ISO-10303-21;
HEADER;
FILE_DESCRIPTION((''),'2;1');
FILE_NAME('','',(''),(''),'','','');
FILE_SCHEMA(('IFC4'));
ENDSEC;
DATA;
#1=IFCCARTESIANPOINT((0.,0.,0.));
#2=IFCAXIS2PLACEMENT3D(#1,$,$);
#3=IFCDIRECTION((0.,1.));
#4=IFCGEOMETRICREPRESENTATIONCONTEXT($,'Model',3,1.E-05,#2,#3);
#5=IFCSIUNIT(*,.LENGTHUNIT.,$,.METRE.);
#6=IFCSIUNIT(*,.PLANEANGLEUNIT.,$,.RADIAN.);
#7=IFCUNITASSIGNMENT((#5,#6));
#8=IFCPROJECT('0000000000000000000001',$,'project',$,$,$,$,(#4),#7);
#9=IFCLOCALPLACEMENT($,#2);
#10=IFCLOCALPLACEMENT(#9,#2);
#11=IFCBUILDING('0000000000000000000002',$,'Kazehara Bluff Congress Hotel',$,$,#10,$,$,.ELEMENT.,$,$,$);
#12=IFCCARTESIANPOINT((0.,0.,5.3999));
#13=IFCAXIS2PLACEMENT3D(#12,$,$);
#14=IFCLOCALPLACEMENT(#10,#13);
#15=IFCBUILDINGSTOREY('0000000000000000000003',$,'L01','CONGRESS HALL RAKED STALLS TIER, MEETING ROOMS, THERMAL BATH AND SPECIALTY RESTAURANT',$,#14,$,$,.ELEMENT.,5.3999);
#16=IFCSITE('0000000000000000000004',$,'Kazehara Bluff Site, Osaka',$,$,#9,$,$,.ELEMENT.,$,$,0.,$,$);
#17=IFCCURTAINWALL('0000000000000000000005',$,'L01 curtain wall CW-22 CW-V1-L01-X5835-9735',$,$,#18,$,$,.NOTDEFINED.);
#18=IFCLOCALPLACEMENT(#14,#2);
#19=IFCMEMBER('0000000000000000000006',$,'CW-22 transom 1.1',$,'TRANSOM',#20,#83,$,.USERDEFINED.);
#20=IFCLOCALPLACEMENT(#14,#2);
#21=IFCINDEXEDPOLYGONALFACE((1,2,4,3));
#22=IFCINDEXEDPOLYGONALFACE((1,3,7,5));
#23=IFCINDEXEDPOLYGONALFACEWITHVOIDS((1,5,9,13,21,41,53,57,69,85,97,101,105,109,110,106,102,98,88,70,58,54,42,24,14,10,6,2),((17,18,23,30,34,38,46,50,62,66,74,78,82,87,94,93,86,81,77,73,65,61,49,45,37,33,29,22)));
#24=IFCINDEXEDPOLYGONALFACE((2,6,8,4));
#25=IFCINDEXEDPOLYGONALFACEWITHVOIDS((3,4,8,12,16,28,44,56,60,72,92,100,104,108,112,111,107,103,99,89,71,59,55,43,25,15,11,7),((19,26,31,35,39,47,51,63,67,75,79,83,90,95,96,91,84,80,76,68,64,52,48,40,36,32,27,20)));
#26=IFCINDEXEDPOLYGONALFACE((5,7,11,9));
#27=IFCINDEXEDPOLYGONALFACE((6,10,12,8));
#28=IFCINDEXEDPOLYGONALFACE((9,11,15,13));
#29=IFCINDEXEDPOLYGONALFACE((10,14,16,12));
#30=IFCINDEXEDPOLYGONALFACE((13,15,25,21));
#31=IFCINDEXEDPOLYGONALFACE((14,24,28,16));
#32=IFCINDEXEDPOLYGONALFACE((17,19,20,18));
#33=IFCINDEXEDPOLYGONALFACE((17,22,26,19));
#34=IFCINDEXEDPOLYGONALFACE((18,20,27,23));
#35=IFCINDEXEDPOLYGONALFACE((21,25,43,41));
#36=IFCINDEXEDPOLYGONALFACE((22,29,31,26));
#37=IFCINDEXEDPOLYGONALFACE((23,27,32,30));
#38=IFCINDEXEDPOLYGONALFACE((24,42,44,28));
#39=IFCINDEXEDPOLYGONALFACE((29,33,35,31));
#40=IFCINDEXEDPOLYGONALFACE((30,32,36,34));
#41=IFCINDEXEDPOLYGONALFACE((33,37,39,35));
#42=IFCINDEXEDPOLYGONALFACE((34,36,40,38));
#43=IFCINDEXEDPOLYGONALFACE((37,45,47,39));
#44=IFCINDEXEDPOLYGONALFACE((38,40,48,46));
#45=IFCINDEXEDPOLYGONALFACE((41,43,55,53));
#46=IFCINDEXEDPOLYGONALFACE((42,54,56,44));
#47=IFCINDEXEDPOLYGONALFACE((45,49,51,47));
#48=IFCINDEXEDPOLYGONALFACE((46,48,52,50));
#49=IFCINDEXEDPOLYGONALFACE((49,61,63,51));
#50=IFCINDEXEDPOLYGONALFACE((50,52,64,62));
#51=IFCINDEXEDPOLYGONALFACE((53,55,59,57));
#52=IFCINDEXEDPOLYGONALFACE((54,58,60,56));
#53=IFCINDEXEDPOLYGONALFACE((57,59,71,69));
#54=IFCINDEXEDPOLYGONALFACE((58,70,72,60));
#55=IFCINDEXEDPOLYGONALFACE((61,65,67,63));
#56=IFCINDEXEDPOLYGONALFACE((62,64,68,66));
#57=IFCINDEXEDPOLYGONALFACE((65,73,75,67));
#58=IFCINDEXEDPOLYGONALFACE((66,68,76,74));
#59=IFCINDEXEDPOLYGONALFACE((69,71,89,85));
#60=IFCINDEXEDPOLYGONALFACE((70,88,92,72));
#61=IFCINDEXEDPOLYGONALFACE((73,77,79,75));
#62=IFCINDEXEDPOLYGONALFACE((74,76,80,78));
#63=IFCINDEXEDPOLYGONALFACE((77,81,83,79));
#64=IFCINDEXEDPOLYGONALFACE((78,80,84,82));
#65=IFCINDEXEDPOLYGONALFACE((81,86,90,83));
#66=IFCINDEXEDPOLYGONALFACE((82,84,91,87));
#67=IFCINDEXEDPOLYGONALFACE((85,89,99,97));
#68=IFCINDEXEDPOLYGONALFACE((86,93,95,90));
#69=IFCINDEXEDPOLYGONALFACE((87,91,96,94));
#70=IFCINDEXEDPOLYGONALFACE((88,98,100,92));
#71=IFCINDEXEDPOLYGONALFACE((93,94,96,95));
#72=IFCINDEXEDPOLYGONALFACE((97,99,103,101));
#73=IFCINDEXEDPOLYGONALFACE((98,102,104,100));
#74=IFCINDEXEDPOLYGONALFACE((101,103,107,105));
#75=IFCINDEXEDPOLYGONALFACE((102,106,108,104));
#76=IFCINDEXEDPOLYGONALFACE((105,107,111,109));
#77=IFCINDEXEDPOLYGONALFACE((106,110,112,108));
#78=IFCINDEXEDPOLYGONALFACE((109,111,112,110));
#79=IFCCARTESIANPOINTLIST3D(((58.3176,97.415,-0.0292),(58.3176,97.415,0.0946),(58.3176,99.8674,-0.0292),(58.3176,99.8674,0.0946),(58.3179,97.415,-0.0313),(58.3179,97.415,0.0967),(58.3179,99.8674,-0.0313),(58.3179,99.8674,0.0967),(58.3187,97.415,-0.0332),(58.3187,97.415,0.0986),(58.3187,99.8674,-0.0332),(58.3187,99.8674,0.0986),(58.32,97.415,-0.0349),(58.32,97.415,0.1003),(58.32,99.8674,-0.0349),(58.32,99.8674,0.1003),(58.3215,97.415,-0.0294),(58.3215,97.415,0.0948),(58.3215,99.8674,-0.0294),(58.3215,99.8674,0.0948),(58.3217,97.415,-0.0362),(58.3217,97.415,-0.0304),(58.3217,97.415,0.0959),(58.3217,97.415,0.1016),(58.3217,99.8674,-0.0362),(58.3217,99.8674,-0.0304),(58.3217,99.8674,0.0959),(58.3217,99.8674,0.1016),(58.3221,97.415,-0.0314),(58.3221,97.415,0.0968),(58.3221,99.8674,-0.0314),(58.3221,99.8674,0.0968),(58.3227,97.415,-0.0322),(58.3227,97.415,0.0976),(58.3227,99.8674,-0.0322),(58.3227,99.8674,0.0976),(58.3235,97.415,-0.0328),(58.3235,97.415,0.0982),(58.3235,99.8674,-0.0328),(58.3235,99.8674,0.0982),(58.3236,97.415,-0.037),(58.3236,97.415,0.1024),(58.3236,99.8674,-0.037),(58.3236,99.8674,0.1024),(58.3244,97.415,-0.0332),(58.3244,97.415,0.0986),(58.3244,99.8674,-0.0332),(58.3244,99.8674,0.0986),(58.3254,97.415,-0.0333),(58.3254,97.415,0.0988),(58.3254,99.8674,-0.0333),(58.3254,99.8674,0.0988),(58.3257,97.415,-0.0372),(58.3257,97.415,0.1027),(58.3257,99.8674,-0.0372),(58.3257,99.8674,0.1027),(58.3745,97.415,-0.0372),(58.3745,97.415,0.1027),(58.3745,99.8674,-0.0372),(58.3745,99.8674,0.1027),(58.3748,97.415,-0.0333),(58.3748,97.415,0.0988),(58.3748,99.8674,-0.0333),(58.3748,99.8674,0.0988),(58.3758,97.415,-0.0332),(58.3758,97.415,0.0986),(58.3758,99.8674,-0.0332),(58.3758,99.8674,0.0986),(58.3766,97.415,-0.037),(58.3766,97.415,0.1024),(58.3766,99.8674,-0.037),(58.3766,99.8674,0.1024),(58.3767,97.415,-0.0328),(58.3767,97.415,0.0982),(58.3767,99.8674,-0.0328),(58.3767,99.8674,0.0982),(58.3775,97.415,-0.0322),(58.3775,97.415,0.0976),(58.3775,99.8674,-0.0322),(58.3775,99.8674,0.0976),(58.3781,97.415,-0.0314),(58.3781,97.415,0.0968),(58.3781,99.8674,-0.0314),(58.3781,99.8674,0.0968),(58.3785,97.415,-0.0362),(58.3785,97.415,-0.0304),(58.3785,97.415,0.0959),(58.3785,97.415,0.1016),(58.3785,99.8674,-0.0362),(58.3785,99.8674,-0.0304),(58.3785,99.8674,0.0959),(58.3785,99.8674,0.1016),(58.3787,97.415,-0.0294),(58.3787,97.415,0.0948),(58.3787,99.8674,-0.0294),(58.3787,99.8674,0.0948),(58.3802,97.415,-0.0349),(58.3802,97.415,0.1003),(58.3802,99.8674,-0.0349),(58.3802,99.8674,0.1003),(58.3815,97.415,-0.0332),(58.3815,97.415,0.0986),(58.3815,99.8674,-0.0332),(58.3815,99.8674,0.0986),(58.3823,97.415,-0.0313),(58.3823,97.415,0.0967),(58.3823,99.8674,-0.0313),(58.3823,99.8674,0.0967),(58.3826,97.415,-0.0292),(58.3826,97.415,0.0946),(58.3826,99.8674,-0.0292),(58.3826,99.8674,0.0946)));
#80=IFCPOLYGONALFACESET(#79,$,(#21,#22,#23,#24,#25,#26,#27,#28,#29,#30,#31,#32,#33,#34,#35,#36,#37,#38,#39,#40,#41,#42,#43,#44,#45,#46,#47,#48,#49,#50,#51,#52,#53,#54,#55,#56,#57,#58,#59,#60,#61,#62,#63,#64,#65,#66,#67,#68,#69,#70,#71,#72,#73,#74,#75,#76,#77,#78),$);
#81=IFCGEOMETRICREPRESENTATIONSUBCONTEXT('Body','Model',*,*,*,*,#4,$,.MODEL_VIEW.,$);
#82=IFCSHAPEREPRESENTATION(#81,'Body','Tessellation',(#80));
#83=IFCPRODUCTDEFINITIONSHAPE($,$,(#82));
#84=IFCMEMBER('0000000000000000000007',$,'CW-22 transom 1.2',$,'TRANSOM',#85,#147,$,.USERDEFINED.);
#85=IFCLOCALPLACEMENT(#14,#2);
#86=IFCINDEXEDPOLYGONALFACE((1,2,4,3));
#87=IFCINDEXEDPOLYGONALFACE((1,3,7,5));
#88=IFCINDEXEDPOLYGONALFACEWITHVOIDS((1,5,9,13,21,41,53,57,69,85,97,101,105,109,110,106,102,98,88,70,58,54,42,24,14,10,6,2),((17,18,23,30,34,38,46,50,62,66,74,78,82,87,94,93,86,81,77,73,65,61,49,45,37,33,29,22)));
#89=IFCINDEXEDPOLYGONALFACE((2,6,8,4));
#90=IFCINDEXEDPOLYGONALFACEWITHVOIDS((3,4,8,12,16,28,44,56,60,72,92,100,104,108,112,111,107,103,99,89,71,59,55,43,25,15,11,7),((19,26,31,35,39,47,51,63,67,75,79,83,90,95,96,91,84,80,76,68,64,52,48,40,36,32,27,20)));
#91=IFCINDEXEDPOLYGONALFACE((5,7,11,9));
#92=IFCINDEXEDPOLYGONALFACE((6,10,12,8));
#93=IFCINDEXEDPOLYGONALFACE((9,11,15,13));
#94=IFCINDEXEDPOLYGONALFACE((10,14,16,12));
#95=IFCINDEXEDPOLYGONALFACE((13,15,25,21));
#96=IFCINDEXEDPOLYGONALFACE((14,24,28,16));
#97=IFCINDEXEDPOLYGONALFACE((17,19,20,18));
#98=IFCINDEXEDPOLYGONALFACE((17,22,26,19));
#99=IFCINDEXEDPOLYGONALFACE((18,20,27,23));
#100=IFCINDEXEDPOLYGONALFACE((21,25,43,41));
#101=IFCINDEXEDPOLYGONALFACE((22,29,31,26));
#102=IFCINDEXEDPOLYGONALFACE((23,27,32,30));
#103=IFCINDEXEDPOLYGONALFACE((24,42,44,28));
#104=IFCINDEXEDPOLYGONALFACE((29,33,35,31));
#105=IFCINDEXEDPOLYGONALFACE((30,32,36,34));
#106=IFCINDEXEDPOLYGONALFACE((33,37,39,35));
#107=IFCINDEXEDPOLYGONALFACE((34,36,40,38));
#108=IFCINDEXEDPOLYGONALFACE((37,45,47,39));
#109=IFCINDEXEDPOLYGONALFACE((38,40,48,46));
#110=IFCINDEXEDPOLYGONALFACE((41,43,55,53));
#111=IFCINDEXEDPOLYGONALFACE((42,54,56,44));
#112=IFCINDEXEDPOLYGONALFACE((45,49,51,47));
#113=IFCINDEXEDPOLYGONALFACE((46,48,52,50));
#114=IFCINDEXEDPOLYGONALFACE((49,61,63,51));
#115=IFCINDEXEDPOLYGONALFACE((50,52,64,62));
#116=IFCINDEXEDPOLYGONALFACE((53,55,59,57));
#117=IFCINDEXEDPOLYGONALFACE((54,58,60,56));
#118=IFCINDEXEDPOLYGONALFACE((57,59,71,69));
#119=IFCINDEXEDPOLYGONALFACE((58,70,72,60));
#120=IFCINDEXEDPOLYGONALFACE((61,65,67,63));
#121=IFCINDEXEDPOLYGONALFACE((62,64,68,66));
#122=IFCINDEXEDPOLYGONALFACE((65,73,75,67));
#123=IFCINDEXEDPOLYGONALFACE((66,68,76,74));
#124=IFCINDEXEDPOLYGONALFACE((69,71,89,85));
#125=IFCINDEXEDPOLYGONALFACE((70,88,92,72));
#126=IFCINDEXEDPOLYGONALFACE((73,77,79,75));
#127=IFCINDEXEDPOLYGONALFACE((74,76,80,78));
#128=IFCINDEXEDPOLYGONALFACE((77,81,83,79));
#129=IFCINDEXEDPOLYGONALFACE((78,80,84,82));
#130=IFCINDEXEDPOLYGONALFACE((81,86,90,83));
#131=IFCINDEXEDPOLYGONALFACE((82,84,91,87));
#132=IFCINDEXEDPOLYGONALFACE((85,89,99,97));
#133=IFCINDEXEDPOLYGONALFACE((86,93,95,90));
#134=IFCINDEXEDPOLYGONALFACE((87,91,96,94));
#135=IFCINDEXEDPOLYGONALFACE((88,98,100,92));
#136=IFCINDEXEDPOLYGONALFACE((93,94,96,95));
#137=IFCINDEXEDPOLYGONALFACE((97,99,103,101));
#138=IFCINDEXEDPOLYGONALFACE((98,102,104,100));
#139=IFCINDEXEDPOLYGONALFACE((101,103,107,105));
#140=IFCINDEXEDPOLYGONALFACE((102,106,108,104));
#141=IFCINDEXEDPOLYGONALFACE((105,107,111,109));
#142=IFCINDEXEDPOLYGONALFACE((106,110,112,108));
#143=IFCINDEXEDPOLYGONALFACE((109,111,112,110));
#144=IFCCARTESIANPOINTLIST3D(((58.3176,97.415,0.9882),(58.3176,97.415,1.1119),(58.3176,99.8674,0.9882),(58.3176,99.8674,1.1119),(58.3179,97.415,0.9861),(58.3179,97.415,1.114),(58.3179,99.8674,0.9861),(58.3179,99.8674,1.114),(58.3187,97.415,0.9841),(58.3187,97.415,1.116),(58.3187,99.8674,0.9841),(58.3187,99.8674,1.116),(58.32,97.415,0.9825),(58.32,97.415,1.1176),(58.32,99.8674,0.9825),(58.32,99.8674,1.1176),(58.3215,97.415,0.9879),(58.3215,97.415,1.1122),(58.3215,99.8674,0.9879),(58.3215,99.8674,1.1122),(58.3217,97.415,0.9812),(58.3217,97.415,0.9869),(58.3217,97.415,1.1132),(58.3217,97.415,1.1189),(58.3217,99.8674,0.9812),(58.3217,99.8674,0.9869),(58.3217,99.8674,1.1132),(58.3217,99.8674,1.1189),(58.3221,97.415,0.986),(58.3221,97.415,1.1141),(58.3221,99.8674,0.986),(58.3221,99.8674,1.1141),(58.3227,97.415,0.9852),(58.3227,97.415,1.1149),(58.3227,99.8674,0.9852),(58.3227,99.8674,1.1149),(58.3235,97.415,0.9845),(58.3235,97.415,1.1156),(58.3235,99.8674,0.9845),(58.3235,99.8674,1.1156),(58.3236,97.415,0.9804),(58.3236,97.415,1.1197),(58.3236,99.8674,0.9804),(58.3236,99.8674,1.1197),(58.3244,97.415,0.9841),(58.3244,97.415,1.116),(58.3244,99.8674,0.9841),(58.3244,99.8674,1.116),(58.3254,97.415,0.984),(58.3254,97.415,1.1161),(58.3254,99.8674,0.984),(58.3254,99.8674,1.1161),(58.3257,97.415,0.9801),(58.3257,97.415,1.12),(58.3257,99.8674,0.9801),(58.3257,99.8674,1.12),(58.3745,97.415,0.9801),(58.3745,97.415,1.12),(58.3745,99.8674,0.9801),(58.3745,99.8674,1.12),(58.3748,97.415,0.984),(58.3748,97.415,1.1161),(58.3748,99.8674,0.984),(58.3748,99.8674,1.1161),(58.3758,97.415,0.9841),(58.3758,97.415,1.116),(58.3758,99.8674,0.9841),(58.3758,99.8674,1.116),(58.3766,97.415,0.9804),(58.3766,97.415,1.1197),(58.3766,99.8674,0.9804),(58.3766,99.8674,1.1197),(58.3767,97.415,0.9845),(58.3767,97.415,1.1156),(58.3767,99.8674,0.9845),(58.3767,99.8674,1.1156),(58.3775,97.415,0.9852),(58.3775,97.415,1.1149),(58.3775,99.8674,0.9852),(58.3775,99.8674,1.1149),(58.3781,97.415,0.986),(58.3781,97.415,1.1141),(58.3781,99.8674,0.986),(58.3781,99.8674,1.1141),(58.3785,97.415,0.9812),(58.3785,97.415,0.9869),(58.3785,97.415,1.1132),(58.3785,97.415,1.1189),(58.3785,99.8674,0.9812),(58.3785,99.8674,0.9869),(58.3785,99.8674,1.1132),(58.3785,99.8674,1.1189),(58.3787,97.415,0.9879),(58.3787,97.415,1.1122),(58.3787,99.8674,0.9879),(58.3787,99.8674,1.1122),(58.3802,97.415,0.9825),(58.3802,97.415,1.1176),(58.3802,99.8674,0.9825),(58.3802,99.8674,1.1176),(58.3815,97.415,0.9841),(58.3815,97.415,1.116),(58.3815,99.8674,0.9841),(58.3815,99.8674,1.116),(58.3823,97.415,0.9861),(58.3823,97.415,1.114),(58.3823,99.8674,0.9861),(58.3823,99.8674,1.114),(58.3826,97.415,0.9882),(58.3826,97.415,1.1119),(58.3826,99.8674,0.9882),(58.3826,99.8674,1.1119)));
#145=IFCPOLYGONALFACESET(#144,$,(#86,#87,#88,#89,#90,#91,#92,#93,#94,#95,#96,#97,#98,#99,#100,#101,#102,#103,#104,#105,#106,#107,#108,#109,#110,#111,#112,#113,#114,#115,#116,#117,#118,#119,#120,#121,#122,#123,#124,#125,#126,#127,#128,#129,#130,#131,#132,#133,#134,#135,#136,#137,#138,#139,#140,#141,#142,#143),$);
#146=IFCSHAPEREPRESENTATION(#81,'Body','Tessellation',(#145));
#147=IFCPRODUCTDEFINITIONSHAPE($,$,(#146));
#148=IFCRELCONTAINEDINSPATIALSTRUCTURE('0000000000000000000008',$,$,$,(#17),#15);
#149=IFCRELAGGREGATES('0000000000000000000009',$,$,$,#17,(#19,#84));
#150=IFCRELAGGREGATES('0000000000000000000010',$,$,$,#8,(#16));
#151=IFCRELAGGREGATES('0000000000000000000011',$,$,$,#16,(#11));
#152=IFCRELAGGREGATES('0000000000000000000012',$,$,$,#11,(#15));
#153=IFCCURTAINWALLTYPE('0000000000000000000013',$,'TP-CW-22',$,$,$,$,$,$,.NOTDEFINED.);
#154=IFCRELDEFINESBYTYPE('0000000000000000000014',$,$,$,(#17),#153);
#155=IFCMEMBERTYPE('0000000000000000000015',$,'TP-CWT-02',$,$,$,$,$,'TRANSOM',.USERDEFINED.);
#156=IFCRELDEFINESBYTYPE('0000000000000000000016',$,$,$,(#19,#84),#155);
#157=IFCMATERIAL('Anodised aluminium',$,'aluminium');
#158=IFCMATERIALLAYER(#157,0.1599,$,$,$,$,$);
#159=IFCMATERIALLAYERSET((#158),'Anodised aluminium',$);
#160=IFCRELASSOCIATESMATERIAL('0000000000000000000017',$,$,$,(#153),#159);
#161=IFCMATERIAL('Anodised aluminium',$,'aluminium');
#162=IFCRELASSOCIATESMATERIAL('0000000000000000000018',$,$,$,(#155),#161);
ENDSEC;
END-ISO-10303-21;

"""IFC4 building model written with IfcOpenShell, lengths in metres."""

from ifc_helpers import new_model, si_unit, direction, frame, origin, origin_2d, place, context, subcontext, project, spatial, hollow_rectangle, extrude, material, layer, layer_set, material_profile, profile_set, type_object, element, aggregate, save


model = new_model("IFC4")

# Units and contexts
model_context = context("Model", 3, precision=1e-05, world=origin(), true_north=direction((0.0, 1.0)))
body_context = subcontext(model_context, "Body", "Model", "MODEL_VIEW")
ifc_project = project(units=[si_unit("LENGTHUNIT", "METRE"), si_unit("PLANEANGLEUNIT", "RADIAN")], contexts=[model_context])

# Site, building, storey
site_placement = place(None, origin())
site = spatial("IfcSite", under=ifc_project, at=site_placement, Name="Kazehara Bluff Site, Osaka", CompositionType="ELEMENT", RefElevation=0.0)
building_placement = place(site_placement, origin())
building = spatial("IfcBuilding", under=site, at=building_placement, Name="Kazehara Bluff Congress Hotel", CompositionType="ELEMENT")
storey_placement = place(building_placement, frame((0.0, 0.0, 5.3999)))
storey = spatial("IfcBuildingStorey", under=building, at=storey_placement, Name="L01", Description="CONGRESS HALL RAKED STALLS TIER, MEETING ROOMS, THERMAL BATH AND SPECIALTY RESTAURANT", CompositionType="ELEMENT", Elevation=5.3999)

# Curtain wall, members
ifc_material_1 = material(Name="Anodised aluminium", Category="aluminium")
ifc_layer_1 = layer(ifc_material_1, 0.1599)
ifc_layer_set_1 = layer_set([ifc_layer_1], Name="Anodised aluminium")
curtain_wall_type = type_object("IfcCurtainWallType", Name="TP-CW-22", PredefinedType="NOTDEFINED", material=ifc_layer_set_1)
curtain_wall_placement = place(storey_placement, origin())
curtain_wall = element("IfcCurtainWall", 1, at=curtain_wall_placement, inside=storey, type_object=curtain_wall_type, Name="L01 curtain wall CW-22 CW-V1-L01-X5835-9735", PredefinedType="NOTDEFINED")
ifc_material_2 = material(Name="Anodised aluminium", Category="aluminium")
ifc_material_profile_1 = material_profile(ifc_material_2, hollow_rectangle(XDim=0.0649, YDim=0.1399, WallThickness=0.0039, InnerFilletRadius=0.0039, OuterFilletRadius=0.0081, at=origin_2d()))
ifc_profile_set_1 = profile_set([ifc_material_profile_1], Name="Anodised aluminium")
member_type_1 = type_object("IfcMemberType", Name="TP-CWT-02", ElementType="TRANSOM", PredefinedType="USERDEFINED", material=ifc_profile_set_1)
member_1_placement = place(storey_placement, frame((58.3501, 97.415, 0.0327), z_axis=(0.0, 1.0, 0.0), x_axis=(-1.0, 0.0, 0.0)))
member_1 = element("IfcMember", 2, at=member_1_placement, type_object=member_type_1, Name="CW-22 transom 1.1", ObjectType="TRANSOM", PredefinedType="USERDEFINED", context=body_context, shape_type="SweptSolid", body=[
    extrude(hollow_rectangle(XDim=0.0649, YDim=0.1399, WallThickness=0.0039, InnerFilletRadius=0.0039, OuterFilletRadius=0.0081, at=origin_2d()), origin(), (0.0, 0.0, 1.0), 2.4524),
])
member_2_placement = place(storey_placement, frame((58.3501, 97.415, 1.05), z_axis=(0.0, 1.0, 0.0), x_axis=(-1.0, 0.0, 0.0)))
member_2 = element("IfcMember", 3, at=member_2_placement, type_object=member_type_1, Name="CW-22 transom 1.2", ObjectType="TRANSOM", PredefinedType="USERDEFINED", context=body_context, shape_type="SweptSolid", body=[
    extrude(hollow_rectangle(XDim=0.0649, YDim=0.1399, WallThickness=0.0039, InnerFilletRadius=0.0039, OuterFilletRadius=0.0081, at=origin_2d()), origin(), (0.0, 0.0, 1.0), 2.4524),
])

aggregate(curtain_wall, [member_1, member_2])

save(model, "model.ifc")
